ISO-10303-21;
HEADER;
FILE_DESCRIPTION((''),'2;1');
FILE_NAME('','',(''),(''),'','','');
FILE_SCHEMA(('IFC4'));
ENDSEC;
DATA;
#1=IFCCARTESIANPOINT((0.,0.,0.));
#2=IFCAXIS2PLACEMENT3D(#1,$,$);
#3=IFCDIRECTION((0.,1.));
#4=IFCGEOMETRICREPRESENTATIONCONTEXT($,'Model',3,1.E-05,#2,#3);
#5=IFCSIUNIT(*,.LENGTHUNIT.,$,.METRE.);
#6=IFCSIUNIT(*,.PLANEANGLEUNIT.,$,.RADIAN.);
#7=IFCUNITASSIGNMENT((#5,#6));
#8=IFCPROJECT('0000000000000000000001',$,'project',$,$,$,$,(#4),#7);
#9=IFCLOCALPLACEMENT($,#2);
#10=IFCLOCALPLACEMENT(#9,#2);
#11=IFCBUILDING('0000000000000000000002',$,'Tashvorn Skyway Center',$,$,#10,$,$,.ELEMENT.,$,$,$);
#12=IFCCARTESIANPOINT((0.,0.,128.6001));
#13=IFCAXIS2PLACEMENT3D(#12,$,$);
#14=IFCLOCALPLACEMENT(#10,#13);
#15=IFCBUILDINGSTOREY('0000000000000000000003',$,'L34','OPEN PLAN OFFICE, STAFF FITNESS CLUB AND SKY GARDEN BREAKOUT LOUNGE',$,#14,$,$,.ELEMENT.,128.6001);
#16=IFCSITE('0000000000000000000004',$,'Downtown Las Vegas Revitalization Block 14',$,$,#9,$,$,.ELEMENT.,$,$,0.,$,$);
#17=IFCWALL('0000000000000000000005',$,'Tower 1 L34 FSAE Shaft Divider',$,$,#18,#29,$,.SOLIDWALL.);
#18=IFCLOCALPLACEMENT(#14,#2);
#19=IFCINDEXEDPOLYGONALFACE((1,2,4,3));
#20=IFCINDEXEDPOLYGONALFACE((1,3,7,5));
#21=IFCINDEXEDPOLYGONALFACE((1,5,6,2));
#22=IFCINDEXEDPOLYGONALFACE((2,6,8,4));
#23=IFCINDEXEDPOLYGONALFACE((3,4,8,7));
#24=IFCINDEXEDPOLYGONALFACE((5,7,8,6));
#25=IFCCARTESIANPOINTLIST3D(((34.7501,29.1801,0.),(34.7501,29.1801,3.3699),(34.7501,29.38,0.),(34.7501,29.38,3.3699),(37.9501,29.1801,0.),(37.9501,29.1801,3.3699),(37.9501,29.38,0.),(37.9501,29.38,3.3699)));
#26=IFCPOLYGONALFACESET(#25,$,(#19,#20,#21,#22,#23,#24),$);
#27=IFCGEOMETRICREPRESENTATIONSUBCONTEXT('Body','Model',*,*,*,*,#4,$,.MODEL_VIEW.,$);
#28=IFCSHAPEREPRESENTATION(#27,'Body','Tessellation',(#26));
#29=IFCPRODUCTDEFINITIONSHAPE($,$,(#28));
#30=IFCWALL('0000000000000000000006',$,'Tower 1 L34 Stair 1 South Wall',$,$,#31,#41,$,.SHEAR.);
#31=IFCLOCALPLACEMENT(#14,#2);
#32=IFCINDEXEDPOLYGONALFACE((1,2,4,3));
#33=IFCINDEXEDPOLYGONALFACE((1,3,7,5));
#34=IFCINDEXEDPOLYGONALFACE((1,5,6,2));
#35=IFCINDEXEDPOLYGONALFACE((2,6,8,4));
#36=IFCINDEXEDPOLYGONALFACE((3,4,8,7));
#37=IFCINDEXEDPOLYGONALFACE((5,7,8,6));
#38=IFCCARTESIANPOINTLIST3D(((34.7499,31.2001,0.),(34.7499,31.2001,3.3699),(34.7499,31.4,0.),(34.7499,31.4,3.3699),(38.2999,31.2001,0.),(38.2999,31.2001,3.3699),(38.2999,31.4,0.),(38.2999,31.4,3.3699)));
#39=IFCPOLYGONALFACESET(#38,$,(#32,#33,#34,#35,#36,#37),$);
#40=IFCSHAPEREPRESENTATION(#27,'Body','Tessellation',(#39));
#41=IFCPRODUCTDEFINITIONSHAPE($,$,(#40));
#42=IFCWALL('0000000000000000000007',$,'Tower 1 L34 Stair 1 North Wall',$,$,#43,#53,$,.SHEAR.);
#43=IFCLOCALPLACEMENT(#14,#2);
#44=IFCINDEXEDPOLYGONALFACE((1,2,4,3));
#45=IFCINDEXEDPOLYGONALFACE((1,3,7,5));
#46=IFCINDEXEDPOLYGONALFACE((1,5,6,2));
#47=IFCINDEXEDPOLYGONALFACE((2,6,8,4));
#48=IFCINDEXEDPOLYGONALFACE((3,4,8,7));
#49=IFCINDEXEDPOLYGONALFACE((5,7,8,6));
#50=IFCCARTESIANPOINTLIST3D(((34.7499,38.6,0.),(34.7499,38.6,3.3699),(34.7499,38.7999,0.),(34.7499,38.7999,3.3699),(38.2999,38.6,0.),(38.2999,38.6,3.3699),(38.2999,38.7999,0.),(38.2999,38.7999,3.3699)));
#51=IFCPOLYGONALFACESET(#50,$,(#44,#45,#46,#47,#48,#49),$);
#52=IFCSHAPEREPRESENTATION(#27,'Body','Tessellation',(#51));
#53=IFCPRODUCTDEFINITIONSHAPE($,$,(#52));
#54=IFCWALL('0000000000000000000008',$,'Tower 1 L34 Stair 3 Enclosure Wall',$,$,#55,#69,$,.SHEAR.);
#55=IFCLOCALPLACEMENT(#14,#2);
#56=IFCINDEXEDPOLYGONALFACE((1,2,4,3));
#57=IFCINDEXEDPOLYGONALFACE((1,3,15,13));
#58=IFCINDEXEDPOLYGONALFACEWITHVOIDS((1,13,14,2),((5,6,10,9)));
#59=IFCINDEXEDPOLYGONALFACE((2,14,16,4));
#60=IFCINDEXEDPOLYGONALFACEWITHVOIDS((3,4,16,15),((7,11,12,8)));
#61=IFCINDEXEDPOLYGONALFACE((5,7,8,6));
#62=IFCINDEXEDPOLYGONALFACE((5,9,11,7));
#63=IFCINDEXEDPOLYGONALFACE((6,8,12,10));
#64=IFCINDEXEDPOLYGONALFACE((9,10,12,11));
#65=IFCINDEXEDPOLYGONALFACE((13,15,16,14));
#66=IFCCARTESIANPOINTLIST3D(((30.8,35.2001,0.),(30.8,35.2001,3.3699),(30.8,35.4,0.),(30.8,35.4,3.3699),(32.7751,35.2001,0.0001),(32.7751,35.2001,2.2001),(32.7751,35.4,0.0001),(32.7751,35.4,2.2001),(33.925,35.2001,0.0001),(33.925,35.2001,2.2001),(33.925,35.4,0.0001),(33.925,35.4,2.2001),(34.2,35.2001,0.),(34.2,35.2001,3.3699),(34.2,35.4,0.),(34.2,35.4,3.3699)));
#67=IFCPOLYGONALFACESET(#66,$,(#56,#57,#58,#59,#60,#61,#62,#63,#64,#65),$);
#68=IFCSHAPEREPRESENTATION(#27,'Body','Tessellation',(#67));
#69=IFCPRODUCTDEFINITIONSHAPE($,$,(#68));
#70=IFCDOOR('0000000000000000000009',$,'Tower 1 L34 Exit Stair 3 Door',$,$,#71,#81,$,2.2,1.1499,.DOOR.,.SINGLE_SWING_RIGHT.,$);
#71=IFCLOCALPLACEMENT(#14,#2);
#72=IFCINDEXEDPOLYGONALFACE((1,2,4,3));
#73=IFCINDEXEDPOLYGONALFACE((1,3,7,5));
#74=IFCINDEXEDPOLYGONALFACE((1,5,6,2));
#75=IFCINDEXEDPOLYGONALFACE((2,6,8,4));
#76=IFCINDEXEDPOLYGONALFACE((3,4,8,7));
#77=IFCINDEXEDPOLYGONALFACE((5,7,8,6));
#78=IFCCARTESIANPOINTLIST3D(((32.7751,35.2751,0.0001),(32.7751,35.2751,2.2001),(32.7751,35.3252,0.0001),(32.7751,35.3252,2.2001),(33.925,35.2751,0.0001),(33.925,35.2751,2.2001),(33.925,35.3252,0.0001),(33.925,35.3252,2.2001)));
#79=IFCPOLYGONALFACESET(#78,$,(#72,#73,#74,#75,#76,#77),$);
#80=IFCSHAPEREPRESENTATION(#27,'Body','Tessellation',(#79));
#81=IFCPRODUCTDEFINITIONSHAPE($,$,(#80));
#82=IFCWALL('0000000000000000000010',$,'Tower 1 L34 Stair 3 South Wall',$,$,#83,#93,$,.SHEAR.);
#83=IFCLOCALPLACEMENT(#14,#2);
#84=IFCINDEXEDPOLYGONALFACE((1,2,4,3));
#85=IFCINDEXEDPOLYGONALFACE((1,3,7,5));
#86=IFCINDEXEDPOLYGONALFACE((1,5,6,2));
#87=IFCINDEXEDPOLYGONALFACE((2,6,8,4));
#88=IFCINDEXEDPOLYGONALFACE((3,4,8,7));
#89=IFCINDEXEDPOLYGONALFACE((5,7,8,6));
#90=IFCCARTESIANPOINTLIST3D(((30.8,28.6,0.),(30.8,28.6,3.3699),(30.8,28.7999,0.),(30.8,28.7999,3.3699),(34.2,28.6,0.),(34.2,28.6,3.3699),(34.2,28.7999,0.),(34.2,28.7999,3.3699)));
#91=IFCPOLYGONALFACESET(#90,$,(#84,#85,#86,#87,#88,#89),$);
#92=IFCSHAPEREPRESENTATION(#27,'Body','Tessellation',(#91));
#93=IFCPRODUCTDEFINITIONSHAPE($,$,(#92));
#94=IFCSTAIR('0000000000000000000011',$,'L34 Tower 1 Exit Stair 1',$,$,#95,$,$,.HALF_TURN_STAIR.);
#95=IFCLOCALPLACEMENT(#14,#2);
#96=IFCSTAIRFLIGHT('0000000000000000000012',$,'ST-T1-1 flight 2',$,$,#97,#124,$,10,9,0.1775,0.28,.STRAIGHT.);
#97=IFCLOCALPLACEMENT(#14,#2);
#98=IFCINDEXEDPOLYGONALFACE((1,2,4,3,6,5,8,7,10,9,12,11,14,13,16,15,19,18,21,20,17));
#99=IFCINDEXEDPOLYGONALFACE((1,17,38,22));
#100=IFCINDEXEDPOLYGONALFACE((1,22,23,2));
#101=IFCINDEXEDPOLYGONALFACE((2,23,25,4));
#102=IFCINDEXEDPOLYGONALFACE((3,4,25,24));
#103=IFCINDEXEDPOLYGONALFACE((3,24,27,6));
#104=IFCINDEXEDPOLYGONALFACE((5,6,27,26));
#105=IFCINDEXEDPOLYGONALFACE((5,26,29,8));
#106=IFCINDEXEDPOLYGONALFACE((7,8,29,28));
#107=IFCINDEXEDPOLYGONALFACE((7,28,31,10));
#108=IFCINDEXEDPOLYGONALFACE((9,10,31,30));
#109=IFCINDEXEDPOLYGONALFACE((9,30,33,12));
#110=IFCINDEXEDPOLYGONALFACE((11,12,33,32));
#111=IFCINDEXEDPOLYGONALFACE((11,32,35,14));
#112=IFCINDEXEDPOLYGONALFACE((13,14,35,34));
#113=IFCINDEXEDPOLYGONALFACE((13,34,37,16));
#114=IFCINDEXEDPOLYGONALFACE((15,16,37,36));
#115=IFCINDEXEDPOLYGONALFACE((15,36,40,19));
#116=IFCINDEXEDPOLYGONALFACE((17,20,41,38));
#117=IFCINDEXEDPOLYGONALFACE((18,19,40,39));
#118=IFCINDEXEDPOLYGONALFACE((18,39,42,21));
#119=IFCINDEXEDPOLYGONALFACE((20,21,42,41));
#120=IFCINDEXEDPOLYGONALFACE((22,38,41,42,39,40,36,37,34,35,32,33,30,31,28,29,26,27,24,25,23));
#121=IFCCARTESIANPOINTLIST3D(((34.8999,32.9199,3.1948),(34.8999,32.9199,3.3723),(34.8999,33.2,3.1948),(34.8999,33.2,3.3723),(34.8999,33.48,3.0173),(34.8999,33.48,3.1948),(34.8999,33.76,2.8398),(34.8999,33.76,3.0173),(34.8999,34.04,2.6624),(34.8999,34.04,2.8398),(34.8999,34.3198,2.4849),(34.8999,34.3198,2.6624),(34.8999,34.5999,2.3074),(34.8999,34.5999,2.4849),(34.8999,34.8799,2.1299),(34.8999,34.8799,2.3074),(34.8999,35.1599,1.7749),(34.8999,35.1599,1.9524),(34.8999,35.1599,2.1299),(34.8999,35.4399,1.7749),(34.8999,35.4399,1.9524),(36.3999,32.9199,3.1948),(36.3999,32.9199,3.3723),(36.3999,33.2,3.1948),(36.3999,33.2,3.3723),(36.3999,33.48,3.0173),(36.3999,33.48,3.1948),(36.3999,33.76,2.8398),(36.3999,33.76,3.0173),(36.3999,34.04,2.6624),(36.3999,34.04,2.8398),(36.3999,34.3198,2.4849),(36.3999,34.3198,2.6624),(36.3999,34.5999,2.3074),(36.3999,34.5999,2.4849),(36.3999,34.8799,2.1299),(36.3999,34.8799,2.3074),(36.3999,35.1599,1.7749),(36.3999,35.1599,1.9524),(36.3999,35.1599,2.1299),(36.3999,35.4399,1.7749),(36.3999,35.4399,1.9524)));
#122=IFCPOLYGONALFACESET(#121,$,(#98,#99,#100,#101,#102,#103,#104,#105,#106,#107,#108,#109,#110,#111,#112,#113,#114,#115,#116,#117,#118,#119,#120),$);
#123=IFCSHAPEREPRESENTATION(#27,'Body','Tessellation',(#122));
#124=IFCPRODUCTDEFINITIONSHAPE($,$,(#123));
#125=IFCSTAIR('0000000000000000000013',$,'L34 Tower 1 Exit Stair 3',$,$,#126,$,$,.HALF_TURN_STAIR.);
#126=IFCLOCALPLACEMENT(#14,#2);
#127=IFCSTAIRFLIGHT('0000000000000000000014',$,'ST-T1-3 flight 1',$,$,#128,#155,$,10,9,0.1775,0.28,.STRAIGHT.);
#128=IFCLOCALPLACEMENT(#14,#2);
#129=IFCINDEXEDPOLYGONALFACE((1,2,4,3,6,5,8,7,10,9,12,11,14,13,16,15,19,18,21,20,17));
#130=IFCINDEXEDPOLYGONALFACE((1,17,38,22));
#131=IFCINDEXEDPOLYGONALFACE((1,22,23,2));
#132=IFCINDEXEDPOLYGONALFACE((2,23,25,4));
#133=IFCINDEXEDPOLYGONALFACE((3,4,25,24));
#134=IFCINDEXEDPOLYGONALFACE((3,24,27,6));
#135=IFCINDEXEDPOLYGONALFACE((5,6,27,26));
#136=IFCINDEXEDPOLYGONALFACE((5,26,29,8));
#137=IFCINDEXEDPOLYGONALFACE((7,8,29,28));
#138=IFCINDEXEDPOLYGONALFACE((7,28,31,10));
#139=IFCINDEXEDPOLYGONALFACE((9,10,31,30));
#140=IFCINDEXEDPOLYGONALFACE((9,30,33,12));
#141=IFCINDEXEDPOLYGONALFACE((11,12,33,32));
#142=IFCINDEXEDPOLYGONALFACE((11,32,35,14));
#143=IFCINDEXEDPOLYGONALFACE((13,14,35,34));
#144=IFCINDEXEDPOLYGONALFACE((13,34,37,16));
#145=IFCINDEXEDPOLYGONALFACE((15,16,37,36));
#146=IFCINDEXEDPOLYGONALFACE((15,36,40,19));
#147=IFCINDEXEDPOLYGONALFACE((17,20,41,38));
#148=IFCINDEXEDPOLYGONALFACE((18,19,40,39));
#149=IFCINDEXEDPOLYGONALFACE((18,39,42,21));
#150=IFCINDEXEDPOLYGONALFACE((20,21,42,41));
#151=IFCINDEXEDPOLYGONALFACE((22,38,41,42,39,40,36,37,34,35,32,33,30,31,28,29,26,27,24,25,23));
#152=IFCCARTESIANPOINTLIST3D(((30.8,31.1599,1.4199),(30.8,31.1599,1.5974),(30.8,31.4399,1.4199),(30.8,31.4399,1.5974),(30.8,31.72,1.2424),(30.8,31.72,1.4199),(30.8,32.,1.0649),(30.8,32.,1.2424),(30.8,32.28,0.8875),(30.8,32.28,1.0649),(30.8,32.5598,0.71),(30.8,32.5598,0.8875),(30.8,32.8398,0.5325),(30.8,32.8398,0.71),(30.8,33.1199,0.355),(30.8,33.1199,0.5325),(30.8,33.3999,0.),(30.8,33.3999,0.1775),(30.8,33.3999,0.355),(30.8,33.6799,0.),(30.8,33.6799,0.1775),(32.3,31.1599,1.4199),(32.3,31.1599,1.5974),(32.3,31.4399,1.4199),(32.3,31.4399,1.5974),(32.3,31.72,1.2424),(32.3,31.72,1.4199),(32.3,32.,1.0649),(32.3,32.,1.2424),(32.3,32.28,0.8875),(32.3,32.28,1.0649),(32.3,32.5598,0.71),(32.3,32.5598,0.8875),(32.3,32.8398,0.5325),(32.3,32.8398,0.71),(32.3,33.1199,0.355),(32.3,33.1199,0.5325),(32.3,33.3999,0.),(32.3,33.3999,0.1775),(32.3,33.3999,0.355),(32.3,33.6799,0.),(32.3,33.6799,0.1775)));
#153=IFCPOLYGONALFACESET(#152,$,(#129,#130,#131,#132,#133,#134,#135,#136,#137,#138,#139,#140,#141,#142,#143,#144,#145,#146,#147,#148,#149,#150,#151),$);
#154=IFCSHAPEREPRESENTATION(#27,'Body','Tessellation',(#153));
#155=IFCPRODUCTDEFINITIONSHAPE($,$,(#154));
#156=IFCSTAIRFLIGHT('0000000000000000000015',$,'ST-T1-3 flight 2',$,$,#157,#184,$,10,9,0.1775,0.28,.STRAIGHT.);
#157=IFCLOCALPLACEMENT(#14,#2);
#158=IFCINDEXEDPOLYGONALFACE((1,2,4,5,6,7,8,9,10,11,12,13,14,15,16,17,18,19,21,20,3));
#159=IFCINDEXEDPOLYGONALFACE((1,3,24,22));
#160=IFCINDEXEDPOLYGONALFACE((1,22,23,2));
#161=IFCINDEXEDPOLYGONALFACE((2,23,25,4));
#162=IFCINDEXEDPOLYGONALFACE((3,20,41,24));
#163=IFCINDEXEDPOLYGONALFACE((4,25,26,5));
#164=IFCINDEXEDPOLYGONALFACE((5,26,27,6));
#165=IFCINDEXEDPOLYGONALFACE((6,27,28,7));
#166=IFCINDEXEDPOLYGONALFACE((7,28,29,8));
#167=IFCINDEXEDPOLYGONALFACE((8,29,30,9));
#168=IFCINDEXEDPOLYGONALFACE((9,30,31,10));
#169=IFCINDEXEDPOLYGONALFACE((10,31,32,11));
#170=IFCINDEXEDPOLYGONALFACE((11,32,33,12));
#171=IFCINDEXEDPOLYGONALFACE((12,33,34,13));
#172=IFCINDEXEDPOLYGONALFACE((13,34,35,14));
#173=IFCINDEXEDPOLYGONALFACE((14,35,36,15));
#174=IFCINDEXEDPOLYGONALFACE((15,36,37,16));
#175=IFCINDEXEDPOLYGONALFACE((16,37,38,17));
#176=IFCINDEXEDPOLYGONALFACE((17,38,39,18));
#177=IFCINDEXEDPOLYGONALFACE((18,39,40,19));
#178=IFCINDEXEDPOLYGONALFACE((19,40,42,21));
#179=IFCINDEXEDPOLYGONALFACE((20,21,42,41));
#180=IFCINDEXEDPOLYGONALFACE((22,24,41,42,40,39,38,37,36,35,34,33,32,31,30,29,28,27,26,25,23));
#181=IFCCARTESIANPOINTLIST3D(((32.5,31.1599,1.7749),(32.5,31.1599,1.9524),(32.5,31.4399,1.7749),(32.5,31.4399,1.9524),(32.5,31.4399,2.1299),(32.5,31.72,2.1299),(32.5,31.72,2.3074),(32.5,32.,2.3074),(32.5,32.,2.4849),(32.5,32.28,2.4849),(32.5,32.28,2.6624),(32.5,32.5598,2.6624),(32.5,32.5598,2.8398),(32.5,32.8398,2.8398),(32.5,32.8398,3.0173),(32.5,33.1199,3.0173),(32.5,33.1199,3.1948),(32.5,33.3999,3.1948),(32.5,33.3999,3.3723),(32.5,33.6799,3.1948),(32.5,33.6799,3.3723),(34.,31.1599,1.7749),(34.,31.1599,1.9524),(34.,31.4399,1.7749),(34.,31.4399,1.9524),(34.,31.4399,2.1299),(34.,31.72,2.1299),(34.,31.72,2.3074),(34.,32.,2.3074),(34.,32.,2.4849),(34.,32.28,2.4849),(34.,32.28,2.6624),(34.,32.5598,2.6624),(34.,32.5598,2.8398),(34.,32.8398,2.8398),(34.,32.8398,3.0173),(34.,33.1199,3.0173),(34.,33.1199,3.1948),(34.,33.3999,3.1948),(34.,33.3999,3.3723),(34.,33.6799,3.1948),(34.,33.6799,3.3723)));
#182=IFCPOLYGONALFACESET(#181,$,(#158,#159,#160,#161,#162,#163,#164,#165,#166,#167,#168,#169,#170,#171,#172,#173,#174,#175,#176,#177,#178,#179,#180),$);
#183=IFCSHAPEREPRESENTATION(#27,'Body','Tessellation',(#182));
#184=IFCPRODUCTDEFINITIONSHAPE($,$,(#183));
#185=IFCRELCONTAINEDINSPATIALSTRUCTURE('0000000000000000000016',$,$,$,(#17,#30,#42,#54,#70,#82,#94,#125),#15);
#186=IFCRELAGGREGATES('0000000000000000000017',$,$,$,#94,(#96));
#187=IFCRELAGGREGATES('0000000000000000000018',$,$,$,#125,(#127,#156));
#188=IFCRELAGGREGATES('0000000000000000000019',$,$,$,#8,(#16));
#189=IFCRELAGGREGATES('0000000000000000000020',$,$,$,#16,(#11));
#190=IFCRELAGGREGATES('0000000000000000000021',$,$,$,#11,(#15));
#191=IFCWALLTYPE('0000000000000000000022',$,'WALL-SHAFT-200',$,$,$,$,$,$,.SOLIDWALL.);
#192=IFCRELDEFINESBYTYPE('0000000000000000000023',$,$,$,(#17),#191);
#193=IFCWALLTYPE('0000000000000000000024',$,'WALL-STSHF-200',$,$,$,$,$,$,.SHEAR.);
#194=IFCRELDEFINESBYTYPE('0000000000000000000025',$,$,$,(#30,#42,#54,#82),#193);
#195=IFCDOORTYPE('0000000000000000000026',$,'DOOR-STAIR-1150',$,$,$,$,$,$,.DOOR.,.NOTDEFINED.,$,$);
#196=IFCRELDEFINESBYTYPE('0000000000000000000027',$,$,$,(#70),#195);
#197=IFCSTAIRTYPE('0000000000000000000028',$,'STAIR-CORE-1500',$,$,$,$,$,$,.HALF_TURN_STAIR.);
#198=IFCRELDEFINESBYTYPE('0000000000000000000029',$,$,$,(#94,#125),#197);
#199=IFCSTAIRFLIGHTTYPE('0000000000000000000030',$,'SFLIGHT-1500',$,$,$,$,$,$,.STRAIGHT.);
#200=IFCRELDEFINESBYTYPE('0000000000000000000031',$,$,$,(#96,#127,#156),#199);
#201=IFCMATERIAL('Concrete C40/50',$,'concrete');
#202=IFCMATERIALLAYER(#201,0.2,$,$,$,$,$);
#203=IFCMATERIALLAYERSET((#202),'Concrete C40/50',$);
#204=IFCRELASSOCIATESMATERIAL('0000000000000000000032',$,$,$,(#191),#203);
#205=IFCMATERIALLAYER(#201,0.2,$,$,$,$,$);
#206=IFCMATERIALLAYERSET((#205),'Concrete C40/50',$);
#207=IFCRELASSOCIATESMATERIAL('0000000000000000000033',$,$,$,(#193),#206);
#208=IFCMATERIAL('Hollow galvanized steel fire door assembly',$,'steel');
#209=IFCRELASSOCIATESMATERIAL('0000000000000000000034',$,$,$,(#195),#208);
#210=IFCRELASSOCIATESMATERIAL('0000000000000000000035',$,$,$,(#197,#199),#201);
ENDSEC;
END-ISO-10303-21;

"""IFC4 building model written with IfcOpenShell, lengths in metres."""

from ifc_helpers import new_model, si_unit, direction, frame, frame_2d, origin, place, context, subcontext, project, spatial, polyline, rectangle, outline, extrude, material, layer, layer_set, type_object, element, fill, aggregate, save


model = new_model("IFC4")

# Units and contexts
model_context = context("Model", 3, precision=1e-05, world=origin(), true_north=direction((0.0, 1.0)))
body_context = subcontext(model_context, "Body", "Model", "MODEL_VIEW")
ifc_project = project(units=[si_unit("LENGTHUNIT", "METRE"), si_unit("PLANEANGLEUNIT", "RADIAN")], contexts=[model_context])

# Site, building, storey
site_placement = place(None, origin())
site = spatial("IfcSite", under=ifc_project, at=site_placement, Name="Downtown Las Vegas Revitalization Block 14", CompositionType="ELEMENT", RefElevation=0.0)
building_placement = place(site_placement, origin())
building = spatial("IfcBuilding", under=site, at=building_placement, Name="Tashvorn Skyway Center", CompositionType="ELEMENT")
storey_placement = place(building_placement, frame((0.0, 0.0, 128.6001)))
storey = spatial("IfcBuildingStorey", under=building, at=storey_placement, Name="L34", Description="OPEN PLAN OFFICE, STAFF FITNESS CLUB AND SKY GARDEN BREAKOUT LOUNGE", CompositionType="ELEMENT", Elevation=128.6001)

# Walls
ifc_material_1 = material(Name="Concrete C40/50", Category="concrete")
ifc_layer_1 = layer(ifc_material_1, 0.2)
ifc_layer_set_1 = layer_set([ifc_layer_1], Name="Concrete C40/50")
wall_type_1 = type_object("IfcWallType", Name="WALL-SHAFT-200", PredefinedType="SOLIDWALL", material=ifc_layer_set_1)
wall_1_placement = place(storey_placement, frame((34.75, 29.28, 0.0), z_axis=(0.0, 0.0, 1.0), x_axis=(1.0, 0.0, 0.0)))
element("IfcWall", 1, at=wall_1_placement, inside=storey, type_object=wall_type_1, Name="Tower 1 L34 FSAE Shaft Divider", PredefinedType="SOLIDWALL", context=body_context, shape_type="SweptSolid", body=[
    extrude(rectangle(XDim=3.2, YDim=0.2, at=frame_2d((1.6001, 0.0))), origin(), (0.0, 0.0, 1.0), 3.3699),
])
ifc_layer_2 = layer(ifc_material_1, 0.2)
ifc_layer_set_2 = layer_set([ifc_layer_2], Name="Concrete C40/50")
wall_type_2 = type_object("IfcWallType", Name="WALL-STSHF-200", PredefinedType="SHEAR", material=ifc_layer_set_2)
for number, where, z_axis, x_axis, name in (
    (2, (34.75, 31.3, 0.0), (0.0, 0.0, 1.0), (1.0, 0.0, 0.0), "Tower 1 L34 Stair 1 South Wall"),
    (3, (34.75, 38.7, 0.0), (0.0, 0.0, 1.0), (1.0, 0.0, 0.0), "Tower 1 L34 Stair 1 North Wall"),
):
    element("IfcWall", number, at=place(storey_placement, frame(where, z_axis=z_axis, x_axis=x_axis)), inside=storey, type_object=wall_type_2, Name=name, PredefinedType="SHEAR", context=body_context, shape_type="SweptSolid", body=[
        extrude(rectangle(XDim=3.55, YDim=0.2, at=frame_2d((1.7749, 0.0))), origin(), (0.0, 0.0, 1.0), 3.3699),
    ])

# Wall, opening, door
wall_2_placement = place(storey_placement, frame((34.2, 35.3, 0.0), z_axis=(0.0, 0.0, 1.0), x_axis=(-1.0, 0.0, 0.0)))
wall_2 = element("IfcWall", 4, at=wall_2_placement, inside=storey, type_object=wall_type_2, Name="Tower 1 L34 Stair 3 Enclosure Wall", PredefinedType="SHEAR", context=body_context, shape_type="SweptSolid", body=[
    extrude(rectangle(XDim=3.3999, YDim=0.2, at=frame_2d((1.7, 0.0))), origin(), (0.0, 0.0, 1.0), 3.3699),
])
opening_placement = place(wall_2_placement, frame((0.2749, 0.0, 0.0)))
opening = element("IfcOpeningElement", 5, at=opening_placement, cuts=wall_2, PredefinedType="OPENING", context=body_context, shape_type="SweptSolid", body=[
    extrude(rectangle(XDim=1.1499, YDim=2.2, at=frame_2d((0.575, 1.1001))), frame((0.0, 0.1099, 0.0), z_axis=(0.0, -1.0, 0.0), x_axis=(1.0, 0.0, 0.0)), (0.0, 0.0, 1.0), 0.22),
])
ifc_material_2 = material(Name="Hollow galvanized steel fire door assembly", Category="steel")
door_type = type_object("IfcDoorType", Name="DOOR-STAIR-1150", OperationType="NOTDEFINED", PredefinedType="DOOR", material=ifc_material_2)
door_placement = place(opening_placement, origin())
door = element("IfcDoor", 6, at=door_placement, inside=storey, type_object=door_type, Name="Tower 1 L34 Exit Stair 3 Door", OperationType="SINGLE_SWING_RIGHT", OverallHeight=2.2, OverallWidth=1.1499, PredefinedType="DOOR", context=body_context, shape_type="SweptSolid", body=[
    extrude(rectangle(XDim=1.1499, YDim=2.2, at=frame_2d((0.575, 1.1001))), frame((0.0, 0.0249, 0.0), z_axis=(0.0, -1.0, 0.0), x_axis=(1.0, 0.0, 0.0)), (0.0, 0.0, 1.0), 0.05),
])
fill(opening, door)

# Wall
wall_3_placement = place(storey_placement, frame((30.8, 28.7, 0.0), z_axis=(0.0, 0.0, 1.0), x_axis=(1.0, 0.0, 0.0)))
element("IfcWall", 7, at=wall_3_placement, inside=storey, type_object=wall_type_2, Name="Tower 1 L34 Stair 3 South Wall", PredefinedType="SHEAR", context=body_context, shape_type="SweptSolid", body=[
    extrude(rectangle(XDim=3.3999, YDim=0.2, at=frame_2d((1.7, 0.0))), origin(), (0.0, 0.0, 1.0), 3.3699),
])

# Stair, stair flight
stair_type = type_object("IfcStairType", Name="STAIR-CORE-1500", PredefinedType="HALF_TURN_STAIR", material=ifc_material_1)
stair_1_placement = place(storey_placement, origin())
stair_1 = element("IfcStair", 8, at=stair_1_placement, inside=storey, type_object=stair_type, Name="L34 Tower 1 Exit Stair 1", PredefinedType="HALF_TURN_STAIR")
stair_flight_type = type_object("IfcStairFlightType", Name="SFLIGHT-1500", PredefinedType="STRAIGHT", material=ifc_material_1)
stair_flight_1_placement = place(storey_placement, frame((35.6499, 35.4399, 1.7749), z_axis=(0.0, 0.0, 1.0), x_axis=(0.0, -1.0, 0.0)))
stair_flight_1 = element("IfcStairFlight", 9, at=stair_flight_1_placement, type_object=stair_flight_type, Name="ST-T1-1 flight 2", NumberOfRisers=10, NumberOfTreads=9, PredefinedType="STRAIGHT", RiserHeight=0.1775, TreadLength=0.28, context=body_context, shape_type="SweptSolid", body=[
    extrude(outline(polyline([(0.0, 0.0), (0.0, 0.1775), (0.28, 0.1775), (0.28, 0.355), (0.5601, 0.355), (0.5601, 0.5325), (0.8401, 0.5325), (0.8401, 0.71), (1.1201, 0.71), (1.1201, 0.8875), (1.3999, 0.8875), (1.3999, 1.0649), (1.6799, 1.0649), (1.6799, 1.2424), (1.96, 1.2424), (1.96, 1.4199), (2.24, 1.4199), (2.24, 1.5974), (2.52, 1.5974), (2.52, 1.7749), (2.52, 1.4199), (0.28, 0.0), (0.0, 0.0)])), frame((0.0, 0.75, 0.0), z_axis=(0.0, -1.0, 0.0), x_axis=(1.0, 0.0, 0.0)), (0.0, 0.0, 1.0), 1.5),
])
aggregate(stair_1, [stair_flight_1])

# Stair, stair flights
stair_2_placement = place(storey_placement, origin())
stair_2 = element("IfcStair", 10, at=stair_2_placement, inside=storey, type_object=stair_type, Name="L34 Tower 1 Exit Stair 3", PredefinedType="HALF_TURN_STAIR")
stair_flight_2_placement = place(storey_placement, frame((31.55, 33.6799, 0.0), z_axis=(0.0, 0.0, 1.0), x_axis=(0.0, -1.0, 0.0)))
stair_flight_2 = element("IfcStairFlight", 11, at=stair_flight_2_placement, type_object=stair_flight_type, Name="ST-T1-3 flight 1", NumberOfRisers=10, NumberOfTreads=9, PredefinedType="STRAIGHT", RiserHeight=0.1775, TreadLength=0.28, context=body_context, shape_type="SweptSolid", body=[
    extrude(outline(polyline([(0.0, 0.0), (0.0, 0.1775), (0.28, 0.1775), (0.28, 0.355), (0.5601, 0.355), (0.5601, 0.5325), (0.8401, 0.5325), (0.8401, 0.71), (1.1201, 0.71), (1.1201, 0.8875), (1.3999, 0.8875), (1.3999, 1.0649), (1.6799, 1.0649), (1.6799, 1.2424), (1.96, 1.2424), (1.96, 1.4199), (2.24, 1.4199), (2.24, 1.5974), (2.52, 1.5974), (2.52, 1.7749), (2.52, 1.4199), (0.28, 0.0), (0.0, 0.0)])), frame((0.0, 0.75, 0.0), z_axis=(0.0, -1.0, 0.0), x_axis=(1.0, 0.0, 0.0)), (0.0, 0.0, 1.0), 1.5),
])
stair_flight_3_placement = place(storey_placement, frame((33.25, 31.1599, 1.7749), z_axis=(0.0, 0.0, 1.0), x_axis=(0.0, 1.0, 0.0)))
stair_flight_3 = element("IfcStairFlight", 12, at=stair_flight_3_placement, type_object=stair_flight_type, Name="ST-T1-3 flight 2", NumberOfRisers=10, NumberOfTreads=9, PredefinedType="STRAIGHT", RiserHeight=0.1775, TreadLength=0.28, context=body_context, shape_type="SweptSolid", body=[
    extrude(outline(polyline([(0.0, 0.0), (0.0, 0.1775), (0.28, 0.1775), (0.28, 0.355), (0.5601, 0.355), (0.5601, 0.5325), (0.8401, 0.5325), (0.8401, 0.71), (1.1201, 0.71), (1.1201, 0.8875), (1.3999, 0.8875), (1.3999, 1.0649), (1.6799, 1.0649), (1.6799, 1.2424), (1.96, 1.2424), (1.96, 1.4199), (2.24, 1.4199), (2.24, 1.5974), (2.52, 1.5974), (2.52, 1.7749), (2.52, 1.4199), (0.28, 0.0), (0.0, 0.0)])), frame((0.0, 0.75, 0.0), z_axis=(0.0, -1.0, 0.0), x_axis=(1.0, 0.0, 0.0)), (0.0, 0.0, 1.0), 1.5),
])
aggregate(stair_2, [stair_flight_2, stair_flight_3])

save(model, "model.ifc")
